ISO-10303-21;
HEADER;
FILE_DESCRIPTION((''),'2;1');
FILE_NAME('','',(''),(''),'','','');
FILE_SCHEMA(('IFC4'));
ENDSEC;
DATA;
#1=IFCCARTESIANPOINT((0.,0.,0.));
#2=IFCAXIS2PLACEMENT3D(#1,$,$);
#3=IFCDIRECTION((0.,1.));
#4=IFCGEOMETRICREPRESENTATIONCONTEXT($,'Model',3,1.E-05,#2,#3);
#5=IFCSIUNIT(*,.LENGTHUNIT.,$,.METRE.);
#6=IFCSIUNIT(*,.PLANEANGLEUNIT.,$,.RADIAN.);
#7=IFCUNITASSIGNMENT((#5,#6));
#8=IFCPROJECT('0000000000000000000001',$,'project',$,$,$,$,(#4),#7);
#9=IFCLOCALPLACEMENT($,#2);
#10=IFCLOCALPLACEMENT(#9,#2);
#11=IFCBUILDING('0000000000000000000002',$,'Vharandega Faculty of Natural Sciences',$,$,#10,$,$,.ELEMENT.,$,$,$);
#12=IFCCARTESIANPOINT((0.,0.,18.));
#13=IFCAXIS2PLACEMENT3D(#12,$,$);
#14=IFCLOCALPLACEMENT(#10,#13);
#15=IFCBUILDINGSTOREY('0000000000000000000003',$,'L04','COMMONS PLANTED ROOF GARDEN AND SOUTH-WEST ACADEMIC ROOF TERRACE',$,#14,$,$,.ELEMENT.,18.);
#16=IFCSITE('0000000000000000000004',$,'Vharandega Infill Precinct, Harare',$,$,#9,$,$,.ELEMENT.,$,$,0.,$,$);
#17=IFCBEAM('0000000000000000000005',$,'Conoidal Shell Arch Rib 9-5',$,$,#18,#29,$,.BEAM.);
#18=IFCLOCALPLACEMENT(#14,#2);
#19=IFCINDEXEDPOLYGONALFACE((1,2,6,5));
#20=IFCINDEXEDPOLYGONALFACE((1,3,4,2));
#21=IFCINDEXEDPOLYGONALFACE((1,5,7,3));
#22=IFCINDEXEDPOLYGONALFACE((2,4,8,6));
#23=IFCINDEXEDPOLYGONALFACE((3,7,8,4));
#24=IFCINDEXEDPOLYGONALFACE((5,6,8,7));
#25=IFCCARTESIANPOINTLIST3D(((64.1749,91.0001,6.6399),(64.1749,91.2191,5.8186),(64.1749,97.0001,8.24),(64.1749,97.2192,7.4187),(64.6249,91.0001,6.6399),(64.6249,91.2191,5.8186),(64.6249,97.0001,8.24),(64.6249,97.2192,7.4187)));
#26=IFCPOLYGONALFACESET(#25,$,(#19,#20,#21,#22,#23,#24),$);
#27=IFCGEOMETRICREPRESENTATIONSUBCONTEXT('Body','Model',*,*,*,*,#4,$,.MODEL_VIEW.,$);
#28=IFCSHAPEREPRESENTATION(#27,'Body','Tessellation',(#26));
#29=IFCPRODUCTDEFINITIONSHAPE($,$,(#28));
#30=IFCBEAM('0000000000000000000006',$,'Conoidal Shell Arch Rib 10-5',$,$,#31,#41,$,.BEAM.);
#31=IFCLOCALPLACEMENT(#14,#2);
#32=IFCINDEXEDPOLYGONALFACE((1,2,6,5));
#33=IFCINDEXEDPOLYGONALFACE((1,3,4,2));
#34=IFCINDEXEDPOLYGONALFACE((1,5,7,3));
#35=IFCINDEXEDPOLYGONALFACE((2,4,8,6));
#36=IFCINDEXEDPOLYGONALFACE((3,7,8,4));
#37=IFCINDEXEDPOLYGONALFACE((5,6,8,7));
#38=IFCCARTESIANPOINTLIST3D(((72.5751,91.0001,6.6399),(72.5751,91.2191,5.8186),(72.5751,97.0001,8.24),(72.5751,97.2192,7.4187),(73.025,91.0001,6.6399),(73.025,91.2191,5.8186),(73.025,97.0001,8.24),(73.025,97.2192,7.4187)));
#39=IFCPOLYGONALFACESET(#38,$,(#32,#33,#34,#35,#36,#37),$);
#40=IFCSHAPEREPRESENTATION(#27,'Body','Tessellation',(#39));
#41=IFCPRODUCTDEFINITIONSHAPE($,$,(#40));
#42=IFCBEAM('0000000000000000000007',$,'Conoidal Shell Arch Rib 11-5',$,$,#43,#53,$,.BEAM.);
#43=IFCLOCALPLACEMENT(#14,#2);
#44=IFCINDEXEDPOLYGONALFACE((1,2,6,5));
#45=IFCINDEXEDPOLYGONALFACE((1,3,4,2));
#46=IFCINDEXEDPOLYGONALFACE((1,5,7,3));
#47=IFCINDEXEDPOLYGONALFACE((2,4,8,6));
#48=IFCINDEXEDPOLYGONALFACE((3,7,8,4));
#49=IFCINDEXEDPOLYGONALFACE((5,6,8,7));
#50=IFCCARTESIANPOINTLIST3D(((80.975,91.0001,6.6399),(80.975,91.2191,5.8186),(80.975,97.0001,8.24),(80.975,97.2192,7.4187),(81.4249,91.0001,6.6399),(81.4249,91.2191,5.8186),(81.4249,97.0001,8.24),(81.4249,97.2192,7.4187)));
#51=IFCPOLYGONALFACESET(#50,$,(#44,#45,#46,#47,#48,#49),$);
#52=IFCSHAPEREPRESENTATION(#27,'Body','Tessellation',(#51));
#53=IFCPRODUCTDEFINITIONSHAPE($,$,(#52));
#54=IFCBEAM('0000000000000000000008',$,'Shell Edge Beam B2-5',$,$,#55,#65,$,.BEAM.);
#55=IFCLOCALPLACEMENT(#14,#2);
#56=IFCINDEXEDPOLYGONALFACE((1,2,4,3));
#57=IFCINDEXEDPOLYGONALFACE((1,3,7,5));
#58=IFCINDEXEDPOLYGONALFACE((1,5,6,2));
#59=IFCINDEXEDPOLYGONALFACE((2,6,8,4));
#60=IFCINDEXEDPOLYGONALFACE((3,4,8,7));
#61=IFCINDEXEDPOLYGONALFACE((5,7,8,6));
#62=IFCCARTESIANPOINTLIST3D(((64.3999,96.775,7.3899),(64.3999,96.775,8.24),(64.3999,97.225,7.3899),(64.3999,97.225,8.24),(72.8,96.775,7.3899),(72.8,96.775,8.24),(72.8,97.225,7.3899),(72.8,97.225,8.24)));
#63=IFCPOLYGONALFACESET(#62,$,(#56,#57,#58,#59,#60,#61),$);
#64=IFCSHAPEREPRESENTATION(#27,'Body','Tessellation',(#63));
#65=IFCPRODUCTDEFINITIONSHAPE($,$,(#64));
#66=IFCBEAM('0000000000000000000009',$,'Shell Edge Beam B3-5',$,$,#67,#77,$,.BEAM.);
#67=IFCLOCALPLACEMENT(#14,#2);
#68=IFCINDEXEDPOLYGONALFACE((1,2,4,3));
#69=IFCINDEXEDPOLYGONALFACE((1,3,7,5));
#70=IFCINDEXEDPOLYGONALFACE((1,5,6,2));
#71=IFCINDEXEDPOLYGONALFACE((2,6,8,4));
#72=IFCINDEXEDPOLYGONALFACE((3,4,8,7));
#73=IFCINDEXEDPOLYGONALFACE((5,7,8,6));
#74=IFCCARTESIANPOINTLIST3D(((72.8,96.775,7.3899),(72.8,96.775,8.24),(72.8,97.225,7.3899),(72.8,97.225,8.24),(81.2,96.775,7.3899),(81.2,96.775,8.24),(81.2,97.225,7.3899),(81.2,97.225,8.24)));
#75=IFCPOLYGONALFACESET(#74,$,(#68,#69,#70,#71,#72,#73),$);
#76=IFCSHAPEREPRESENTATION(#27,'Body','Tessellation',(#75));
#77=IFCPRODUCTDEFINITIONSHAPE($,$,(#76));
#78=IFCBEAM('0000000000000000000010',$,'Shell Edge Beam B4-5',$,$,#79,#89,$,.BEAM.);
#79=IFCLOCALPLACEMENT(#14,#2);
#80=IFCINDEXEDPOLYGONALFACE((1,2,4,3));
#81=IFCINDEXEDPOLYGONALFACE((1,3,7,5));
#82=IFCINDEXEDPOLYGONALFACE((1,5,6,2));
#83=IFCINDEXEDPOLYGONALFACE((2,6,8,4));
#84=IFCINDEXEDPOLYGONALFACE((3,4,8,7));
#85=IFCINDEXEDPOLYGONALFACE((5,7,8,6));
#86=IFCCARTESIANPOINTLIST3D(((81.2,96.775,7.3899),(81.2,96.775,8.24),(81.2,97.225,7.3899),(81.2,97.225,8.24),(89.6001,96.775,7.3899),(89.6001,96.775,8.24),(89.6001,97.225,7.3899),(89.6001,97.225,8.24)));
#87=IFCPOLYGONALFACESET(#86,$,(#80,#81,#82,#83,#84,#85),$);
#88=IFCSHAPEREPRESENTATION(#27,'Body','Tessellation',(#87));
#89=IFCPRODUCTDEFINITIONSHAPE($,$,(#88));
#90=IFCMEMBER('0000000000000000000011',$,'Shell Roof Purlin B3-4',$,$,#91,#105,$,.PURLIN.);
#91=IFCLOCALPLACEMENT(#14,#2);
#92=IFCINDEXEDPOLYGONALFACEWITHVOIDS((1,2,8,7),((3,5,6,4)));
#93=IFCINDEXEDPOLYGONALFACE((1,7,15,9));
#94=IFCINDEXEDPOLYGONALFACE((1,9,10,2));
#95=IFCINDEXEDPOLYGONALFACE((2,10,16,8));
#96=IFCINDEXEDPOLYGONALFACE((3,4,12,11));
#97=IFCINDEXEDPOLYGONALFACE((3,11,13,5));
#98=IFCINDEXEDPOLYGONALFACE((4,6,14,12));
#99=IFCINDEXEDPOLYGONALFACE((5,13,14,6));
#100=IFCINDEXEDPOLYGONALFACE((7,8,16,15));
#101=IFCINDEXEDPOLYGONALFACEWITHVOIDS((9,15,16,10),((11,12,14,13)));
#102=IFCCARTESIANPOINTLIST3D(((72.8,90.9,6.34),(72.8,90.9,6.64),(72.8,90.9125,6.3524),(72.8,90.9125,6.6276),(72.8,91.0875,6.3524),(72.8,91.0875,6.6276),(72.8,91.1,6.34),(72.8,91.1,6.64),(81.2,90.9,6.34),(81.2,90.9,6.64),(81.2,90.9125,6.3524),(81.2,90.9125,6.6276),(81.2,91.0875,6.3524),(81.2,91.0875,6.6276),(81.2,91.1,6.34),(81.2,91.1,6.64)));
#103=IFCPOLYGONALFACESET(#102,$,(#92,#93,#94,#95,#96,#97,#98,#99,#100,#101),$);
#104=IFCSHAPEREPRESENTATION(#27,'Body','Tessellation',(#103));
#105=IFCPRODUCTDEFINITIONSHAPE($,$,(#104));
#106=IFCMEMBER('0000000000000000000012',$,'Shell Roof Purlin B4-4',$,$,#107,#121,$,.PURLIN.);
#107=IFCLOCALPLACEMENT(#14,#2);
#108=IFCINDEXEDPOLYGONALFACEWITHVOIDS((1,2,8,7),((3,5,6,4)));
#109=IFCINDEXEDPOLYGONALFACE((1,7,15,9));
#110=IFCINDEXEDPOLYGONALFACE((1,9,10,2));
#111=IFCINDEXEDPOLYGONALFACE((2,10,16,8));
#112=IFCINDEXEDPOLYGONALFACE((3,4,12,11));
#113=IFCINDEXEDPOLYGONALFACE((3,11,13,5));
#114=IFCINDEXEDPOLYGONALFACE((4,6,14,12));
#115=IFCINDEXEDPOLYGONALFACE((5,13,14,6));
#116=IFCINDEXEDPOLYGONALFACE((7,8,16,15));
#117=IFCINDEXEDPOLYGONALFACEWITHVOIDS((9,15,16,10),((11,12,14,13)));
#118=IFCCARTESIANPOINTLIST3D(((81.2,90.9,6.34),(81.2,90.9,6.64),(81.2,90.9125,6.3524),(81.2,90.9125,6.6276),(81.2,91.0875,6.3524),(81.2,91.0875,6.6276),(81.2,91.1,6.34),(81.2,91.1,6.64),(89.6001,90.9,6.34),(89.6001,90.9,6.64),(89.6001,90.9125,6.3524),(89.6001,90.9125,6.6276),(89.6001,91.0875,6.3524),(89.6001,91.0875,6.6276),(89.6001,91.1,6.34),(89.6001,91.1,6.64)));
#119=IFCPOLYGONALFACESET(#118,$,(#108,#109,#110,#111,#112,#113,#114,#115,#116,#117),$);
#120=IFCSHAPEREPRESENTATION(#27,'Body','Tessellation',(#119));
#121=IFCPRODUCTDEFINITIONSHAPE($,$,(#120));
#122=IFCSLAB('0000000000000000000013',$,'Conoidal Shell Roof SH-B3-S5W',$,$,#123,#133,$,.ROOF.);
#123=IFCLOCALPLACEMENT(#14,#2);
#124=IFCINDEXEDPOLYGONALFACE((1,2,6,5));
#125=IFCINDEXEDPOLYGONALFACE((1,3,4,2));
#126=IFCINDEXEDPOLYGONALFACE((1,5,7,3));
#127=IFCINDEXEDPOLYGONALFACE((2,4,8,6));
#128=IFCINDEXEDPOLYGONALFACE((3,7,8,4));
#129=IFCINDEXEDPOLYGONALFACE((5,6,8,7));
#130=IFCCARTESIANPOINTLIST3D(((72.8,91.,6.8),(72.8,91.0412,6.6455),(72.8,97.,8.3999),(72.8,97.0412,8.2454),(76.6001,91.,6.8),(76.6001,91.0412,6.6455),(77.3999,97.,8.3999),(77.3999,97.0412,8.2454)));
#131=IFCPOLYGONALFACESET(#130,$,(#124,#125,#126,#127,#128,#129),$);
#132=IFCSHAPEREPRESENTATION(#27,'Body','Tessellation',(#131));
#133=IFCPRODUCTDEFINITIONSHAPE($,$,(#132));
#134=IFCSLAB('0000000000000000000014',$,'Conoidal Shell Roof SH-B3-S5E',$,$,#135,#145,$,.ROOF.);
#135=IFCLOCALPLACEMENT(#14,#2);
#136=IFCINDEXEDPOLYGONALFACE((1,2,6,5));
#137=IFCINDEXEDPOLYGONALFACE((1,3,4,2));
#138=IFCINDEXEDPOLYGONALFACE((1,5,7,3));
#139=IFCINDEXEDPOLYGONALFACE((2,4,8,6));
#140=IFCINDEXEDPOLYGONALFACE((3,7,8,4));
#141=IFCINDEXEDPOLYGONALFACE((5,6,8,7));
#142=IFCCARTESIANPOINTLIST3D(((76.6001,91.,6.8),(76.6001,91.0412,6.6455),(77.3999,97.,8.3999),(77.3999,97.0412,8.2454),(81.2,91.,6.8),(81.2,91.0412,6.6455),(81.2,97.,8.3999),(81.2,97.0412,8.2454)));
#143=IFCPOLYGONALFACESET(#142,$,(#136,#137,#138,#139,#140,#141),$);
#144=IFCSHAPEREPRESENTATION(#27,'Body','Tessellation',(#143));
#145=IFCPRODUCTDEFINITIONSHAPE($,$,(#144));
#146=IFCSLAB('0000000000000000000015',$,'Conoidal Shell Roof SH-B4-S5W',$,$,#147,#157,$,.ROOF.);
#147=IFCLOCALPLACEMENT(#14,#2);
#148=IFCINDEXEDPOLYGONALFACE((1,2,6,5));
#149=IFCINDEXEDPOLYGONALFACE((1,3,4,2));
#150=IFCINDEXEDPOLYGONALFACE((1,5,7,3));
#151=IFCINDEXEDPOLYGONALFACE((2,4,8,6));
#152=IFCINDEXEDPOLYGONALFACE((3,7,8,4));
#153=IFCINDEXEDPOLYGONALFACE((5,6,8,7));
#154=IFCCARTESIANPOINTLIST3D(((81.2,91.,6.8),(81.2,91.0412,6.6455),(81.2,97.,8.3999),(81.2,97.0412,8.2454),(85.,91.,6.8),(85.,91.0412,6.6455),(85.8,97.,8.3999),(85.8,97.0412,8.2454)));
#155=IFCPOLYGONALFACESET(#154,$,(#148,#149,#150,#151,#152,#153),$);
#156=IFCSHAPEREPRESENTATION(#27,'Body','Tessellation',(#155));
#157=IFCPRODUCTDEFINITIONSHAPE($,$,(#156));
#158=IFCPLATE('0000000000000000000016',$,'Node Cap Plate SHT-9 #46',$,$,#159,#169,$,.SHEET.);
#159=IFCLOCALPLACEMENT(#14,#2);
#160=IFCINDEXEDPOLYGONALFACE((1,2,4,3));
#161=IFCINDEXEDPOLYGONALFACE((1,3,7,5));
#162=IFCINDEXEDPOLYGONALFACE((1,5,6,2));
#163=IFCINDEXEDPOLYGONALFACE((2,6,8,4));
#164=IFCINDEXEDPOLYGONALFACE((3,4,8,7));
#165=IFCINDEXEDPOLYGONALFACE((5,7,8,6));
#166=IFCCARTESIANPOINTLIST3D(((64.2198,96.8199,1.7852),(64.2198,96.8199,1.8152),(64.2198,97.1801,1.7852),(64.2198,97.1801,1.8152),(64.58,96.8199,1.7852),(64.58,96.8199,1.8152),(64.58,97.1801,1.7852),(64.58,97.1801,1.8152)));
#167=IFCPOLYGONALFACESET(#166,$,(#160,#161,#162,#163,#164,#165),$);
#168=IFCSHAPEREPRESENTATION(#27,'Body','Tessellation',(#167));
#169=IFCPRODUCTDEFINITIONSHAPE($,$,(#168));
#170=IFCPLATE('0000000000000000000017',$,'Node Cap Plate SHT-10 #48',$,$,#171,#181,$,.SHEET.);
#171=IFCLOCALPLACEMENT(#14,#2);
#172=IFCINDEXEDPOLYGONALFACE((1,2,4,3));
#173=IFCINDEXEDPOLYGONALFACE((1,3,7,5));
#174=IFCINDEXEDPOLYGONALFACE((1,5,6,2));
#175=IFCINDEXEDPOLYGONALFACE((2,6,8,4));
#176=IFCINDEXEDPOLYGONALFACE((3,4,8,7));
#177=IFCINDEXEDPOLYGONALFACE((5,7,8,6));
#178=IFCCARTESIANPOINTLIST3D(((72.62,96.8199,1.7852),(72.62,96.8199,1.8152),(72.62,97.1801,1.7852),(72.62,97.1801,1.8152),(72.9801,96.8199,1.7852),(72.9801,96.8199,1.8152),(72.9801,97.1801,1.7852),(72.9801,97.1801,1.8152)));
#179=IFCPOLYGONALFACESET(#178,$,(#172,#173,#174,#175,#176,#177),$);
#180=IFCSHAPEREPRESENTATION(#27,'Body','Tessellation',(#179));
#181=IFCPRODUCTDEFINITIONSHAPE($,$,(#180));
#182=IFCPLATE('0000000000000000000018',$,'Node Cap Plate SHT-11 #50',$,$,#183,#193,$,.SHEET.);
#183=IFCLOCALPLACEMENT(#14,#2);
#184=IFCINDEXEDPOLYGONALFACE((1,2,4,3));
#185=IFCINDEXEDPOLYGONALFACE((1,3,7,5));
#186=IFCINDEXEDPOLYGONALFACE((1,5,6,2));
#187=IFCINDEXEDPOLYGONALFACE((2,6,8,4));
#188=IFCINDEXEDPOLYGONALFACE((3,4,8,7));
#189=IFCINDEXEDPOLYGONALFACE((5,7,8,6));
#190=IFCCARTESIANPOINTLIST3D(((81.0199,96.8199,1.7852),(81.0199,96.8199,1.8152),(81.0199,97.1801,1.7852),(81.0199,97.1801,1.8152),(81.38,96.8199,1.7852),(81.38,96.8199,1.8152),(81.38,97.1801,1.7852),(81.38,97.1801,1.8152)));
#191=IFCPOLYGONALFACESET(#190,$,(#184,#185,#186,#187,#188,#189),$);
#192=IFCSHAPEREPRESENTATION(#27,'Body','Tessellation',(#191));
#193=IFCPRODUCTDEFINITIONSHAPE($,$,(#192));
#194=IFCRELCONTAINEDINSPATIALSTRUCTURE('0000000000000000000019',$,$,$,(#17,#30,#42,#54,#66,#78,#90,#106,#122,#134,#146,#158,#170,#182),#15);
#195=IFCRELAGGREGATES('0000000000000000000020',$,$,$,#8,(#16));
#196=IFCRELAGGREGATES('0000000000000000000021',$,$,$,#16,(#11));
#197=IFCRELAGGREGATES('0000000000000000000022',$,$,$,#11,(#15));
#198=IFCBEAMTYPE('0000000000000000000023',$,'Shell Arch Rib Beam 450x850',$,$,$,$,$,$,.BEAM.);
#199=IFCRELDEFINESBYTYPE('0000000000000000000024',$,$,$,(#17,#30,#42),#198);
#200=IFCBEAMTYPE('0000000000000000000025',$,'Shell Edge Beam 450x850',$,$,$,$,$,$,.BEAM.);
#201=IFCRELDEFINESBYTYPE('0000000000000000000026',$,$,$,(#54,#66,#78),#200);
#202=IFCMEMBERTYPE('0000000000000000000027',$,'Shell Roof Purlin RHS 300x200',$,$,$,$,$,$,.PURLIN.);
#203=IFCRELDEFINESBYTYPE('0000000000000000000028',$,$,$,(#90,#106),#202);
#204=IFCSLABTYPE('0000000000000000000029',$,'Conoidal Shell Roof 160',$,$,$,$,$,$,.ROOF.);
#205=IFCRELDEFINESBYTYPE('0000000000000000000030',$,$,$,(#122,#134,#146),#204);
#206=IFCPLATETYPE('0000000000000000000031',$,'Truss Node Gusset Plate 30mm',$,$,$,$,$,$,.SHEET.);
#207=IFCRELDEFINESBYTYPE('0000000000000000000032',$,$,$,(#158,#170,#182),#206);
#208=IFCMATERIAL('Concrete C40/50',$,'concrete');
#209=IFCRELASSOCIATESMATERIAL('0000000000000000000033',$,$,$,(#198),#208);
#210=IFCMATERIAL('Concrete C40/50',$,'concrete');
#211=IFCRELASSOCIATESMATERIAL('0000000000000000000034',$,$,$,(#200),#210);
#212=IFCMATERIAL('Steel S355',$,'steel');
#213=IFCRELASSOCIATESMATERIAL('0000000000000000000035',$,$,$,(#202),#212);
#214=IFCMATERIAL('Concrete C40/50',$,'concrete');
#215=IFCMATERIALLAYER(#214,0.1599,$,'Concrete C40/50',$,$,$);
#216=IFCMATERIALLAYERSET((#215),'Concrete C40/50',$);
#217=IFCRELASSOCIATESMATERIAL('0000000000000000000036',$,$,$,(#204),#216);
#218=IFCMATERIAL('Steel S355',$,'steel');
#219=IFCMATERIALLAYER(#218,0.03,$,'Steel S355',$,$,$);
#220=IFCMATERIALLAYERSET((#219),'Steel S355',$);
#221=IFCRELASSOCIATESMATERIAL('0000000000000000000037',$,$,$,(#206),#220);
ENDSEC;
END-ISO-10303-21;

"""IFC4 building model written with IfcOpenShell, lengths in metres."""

from ifc_helpers import new_model, si_unit, direction, frame, origin, origin_2d, place, context, subcontext, project, spatial, polyline, rectangle, hollow_rectangle, outline, extrude, material, layer, layer_set, material_profile, profile_set, type_object, element, save


model = new_model("IFC4")

# Units and contexts
model_context = context("Model", 3, precision=1e-05, world=origin(), true_north=direction((0.0, 1.0)))
body_context = subcontext(model_context, "Body", "Model", "MODEL_VIEW")
ifc_project = project(units=[si_unit("LENGTHUNIT", "METRE"), si_unit("PLANEANGLEUNIT", "RADIAN")], contexts=[model_context])

# Site, building, storey
site_placement = place(None, origin())
site = spatial("IfcSite", under=ifc_project, at=site_placement, Name="Vharandega Infill Precinct, Harare", CompositionType="ELEMENT", RefElevation=0.0)
building_placement = place(site_placement, origin())
building = spatial("IfcBuilding", under=site, at=building_placement, Name="Vharandega Faculty of Natural Sciences", CompositionType="ELEMENT")
storey_placement = place(building_placement, frame((0.0, 0.0, 18.0)))
storey = spatial("IfcBuildingStorey", under=building, at=storey_placement, Name="L04", Description="COMMONS PLANTED ROOF GARDEN AND SOUTH-WEST ACADEMIC ROOF TERRACE", CompositionType="ELEMENT", Elevation=18.0)

# Beams
ifc_material_1 = material(Name="Concrete C40/50", Category="concrete")
ifc_material_profile_1 = material_profile(ifc_material_1, rectangle(XDim=0.45, YDim=0.8501, at=origin_2d()), Name="RC 450x850")
ifc_profile_set_1 = profile_set([ifc_material_profile_1], Name="Concrete C40/50")
beam_type_1 = type_object("IfcBeamType", Name="Shell Arch Rib Beam 450x850", PredefinedType="BEAM", material=ifc_profile_set_1)
for number, where, z_axis, x_axis, name in (
    (1, (64.3999, 91.1096, 6.2292), (0.0, 0.966231, 0.257677), (-1.0, 0.0, 0.0), "Conoidal Shell Arch Rib 9-5"),
    (2, (72.8, 91.1096, 6.2292), (0.0, 0.966231, 0.257677), (-1.0, 0.0, 0.0), "Conoidal Shell Arch Rib 10-5"),
    (3, (81.2, 91.1096, 6.2292), (0.0, 0.966231, 0.257677), (-1.0, 0.0, 0.0), "Conoidal Shell Arch Rib 11-5"),
):
    element("IfcBeam", number, at=place(storey_placement, frame(where, z_axis=z_axis, x_axis=x_axis)), inside=storey, type_object=beam_type_1, Name=name, PredefinedType="BEAM", context=body_context, shape_type="SweptSolid", body=[
        extrude(rectangle(XDim=0.45, YDim=0.8501, at=origin_2d()), origin(), (0.0, 0.0, 1.0), 6.2097),
    ])
ifc_material_2 = material(Name="Concrete C40/50", Category="concrete")
ifc_material_profile_2 = material_profile(ifc_material_2, rectangle(XDim=0.45, YDim=0.8501, at=origin_2d()), Name="RC 450x850")
ifc_profile_set_2 = profile_set([ifc_material_profile_2], Name="Concrete C40/50")
beam_type_2 = type_object("IfcBeamType", Name="Shell Edge Beam 450x850", PredefinedType="BEAM", material=ifc_profile_set_2)
beam_1_placement = place(storey_placement, frame((64.3999, 97.0, 7.8149), z_axis=(1.0, 0.0, 0.0), x_axis=(0.0, 1.0, 0.0)))
element("IfcBeam", 4, at=beam_1_placement, inside=storey, type_object=beam_type_2, Name="Shell Edge Beam B2-5", PredefinedType="BEAM", context=body_context, shape_type="SweptSolid", body=[
    extrude(rectangle(XDim=0.45, YDim=0.8501, at=origin_2d()), origin(), (0.0, 0.0, 1.0), 8.4001),
])
beam_2_placement = place(storey_placement, frame((72.8, 97.0, 7.8149), z_axis=(1.0, 0.0, 0.0), x_axis=(0.0, 1.0, 0.0)))
element("IfcBeam", 5, at=beam_2_placement, inside=storey, type_object=beam_type_2, Name="Shell Edge Beam B3-5", PredefinedType="BEAM", context=body_context, shape_type="SweptSolid", body=[
    extrude(rectangle(XDim=0.45, YDim=0.8501, at=origin_2d()), origin(), (0.0, 0.0, 1.0), 8.3999),
])
beam_3_placement = place(storey_placement, frame((81.2, 97.0, 7.8149), z_axis=(1.0, 0.0, 0.0), x_axis=(0.0, 1.0, 0.0)))
element("IfcBeam", 6, at=beam_3_placement, inside=storey, type_object=beam_type_2, Name="Shell Edge Beam B4-5", PredefinedType="BEAM", context=body_context, shape_type="SweptSolid", body=[
    extrude(rectangle(XDim=0.45, YDim=0.8501, at=origin_2d()), origin(), (0.0, 0.0, 1.0), 8.4001),
])

# Members
ifc_material_3 = material(Name="Steel S355", Category="steel")
ifc_material_profile_3 = material_profile(ifc_material_3, hollow_rectangle(XDim=0.2, YDim=0.3, WallThickness=0.0125, at=origin_2d()), Name="RHS 300x200x12.5")
ifc_profile_set_3 = profile_set([ifc_material_profile_3], Name="Steel S355")
member_type = type_object("IfcMemberType", Name="Shell Roof Purlin RHS 300x200", PredefinedType="PURLIN", material=ifc_profile_set_3)
member_1_placement = place(storey_placement, frame((72.8, 91.0, 6.49), z_axis=(1.0, 0.0, 0.0), x_axis=(0.0, 1.0, 0.0)))
element("IfcMember", 7, at=member_1_placement, inside=storey, type_object=member_type, Name="Shell Roof Purlin B3-4", PredefinedType="PURLIN", context=body_context, shape_type="SweptSolid", body=[
    extrude(hollow_rectangle(XDim=0.2, YDim=0.3, WallThickness=0.0125, at=origin_2d()), origin(), (0.0, 0.0, 1.0), 8.3999),
])
member_2_placement = place(storey_placement, frame((81.2, 91.0, 6.49), z_axis=(1.0, 0.0, 0.0), x_axis=(0.0, 1.0, 0.0)))
element("IfcMember", 8, at=member_2_placement, inside=storey, type_object=member_type, Name="Shell Roof Purlin B4-4", PredefinedType="PURLIN", context=body_context, shape_type="SweptSolid", body=[
    extrude(hollow_rectangle(XDim=0.2, YDim=0.3, WallThickness=0.0125, at=origin_2d()), origin(), (0.0, 0.0, 1.0), 8.4001),
])

# Slabs
ifc_material_4 = material(Name="Concrete C40/50", Category="concrete")
ifc_layer_1 = layer(ifc_material_4, 0.1599, Name="Concrete C40/50")
ifc_layer_set_1 = layer_set([ifc_layer_1], Name="Concrete C40/50")
slab_type = type_object("IfcSlabType", Name="Conoidal Shell Roof 160", PredefinedType="ROOF", material=ifc_layer_set_1)
slab_1_placement = place(storey_placement, frame((72.8, 91.0, 6.8), z_axis=(0.0, -0.257641, 0.966241), x_axis=(1.0, 0.0, 0.0)))
element("IfcSlab", 9, at=slab_1_placement, inside=storey, type_object=slab_type, Name="Conoidal Shell Roof SH-B3-S5W", PredefinedType="ROOF", context=body_context, shape_type="SweptSolid", body=[
    extrude(outline(polyline([(0.0, 0.0), (3.8, 0.0), (4.5999, 6.2096), (0.0, 6.2096), (0.0, 0.0)])), origin(), (0.0, 0.0, -1.0), 0.1599),
])
slab_2_placement = place(storey_placement, frame((76.6001, 91.0, 6.8), z_axis=(0.0, -0.257641, 0.966241), x_axis=(1.0, 0.0, 0.0)))
element("IfcSlab", 10, at=slab_2_placement, inside=storey, type_object=slab_type, Name="Conoidal Shell Roof SH-B3-S5E", PredefinedType="ROOF", context=body_context, shape_type="SweptSolid", body=[
    extrude(outline(polyline([(0.0, 0.0), (4.5999, 0.0), (4.5999, 6.2096), (0.7998, 6.2096), (0.0, 0.0)])), origin(), (0.0, 0.0, -1.0), 0.1599),
])
slab_3_placement = place(storey_placement, frame((81.2, 91.0, 6.8), z_axis=(0.0, -0.257641, 0.966241), x_axis=(1.0, 0.0, 0.0)))
element("IfcSlab", 11, at=slab_3_placement, inside=storey, type_object=slab_type, Name="Conoidal Shell Roof SH-B4-S5W", PredefinedType="ROOF", context=body_context, shape_type="SweptSolid", body=[
    extrude(outline(polyline([(0.0, 0.0), (3.8, 0.0), (4.6001, 6.2096), (0.0, 6.2096), (0.0, 0.0)])), origin(), (0.0, 0.0, -1.0), 0.1599),
])

# Plates
ifc_material_5 = material(Name="Steel S355", Category="steel")
ifc_layer_2 = layer(ifc_material_5, 0.03, Name="Steel S355")
ifc_layer_set_2 = layer_set([ifc_layer_2], Name="Steel S355")
plate_type = type_object("IfcPlateType", Name="Truss Node Gusset Plate 30mm", PredefinedType="SHEET", material=ifc_layer_set_2)
for number, where, z_axis, x_axis, name in (
    (12, (64.3999, 97.0, 1.7852), (0.0, 0.0, 1.0), (1.0, 0.0, 0.0), "Node Cap Plate SHT-9 #46"),
    (13, (72.8, 97.0, 1.7852), (0.0, 0.0, 1.0), (1.0, 0.0, 0.0), "Node Cap Plate SHT-10 #48"),
    (14, (81.2, 97.0, 1.7852), (0.0, 0.0, 1.0), (1.0, 0.0, 0.0), "Node Cap Plate SHT-11 #50"),
):
    element("IfcPlate", number, at=place(storey_placement, frame(where, z_axis=z_axis, x_axis=x_axis)), inside=storey, type_object=plate_type, Name=name, PredefinedType="SHEET", context=body_context, shape_type="SweptSolid", body=[
        extrude(rectangle(XDim=0.3601, YDim=0.3601, at=origin_2d()), origin(), (0.0, 0.0, 1.0), 0.03),
    ])

save(model, "model.ifc")
